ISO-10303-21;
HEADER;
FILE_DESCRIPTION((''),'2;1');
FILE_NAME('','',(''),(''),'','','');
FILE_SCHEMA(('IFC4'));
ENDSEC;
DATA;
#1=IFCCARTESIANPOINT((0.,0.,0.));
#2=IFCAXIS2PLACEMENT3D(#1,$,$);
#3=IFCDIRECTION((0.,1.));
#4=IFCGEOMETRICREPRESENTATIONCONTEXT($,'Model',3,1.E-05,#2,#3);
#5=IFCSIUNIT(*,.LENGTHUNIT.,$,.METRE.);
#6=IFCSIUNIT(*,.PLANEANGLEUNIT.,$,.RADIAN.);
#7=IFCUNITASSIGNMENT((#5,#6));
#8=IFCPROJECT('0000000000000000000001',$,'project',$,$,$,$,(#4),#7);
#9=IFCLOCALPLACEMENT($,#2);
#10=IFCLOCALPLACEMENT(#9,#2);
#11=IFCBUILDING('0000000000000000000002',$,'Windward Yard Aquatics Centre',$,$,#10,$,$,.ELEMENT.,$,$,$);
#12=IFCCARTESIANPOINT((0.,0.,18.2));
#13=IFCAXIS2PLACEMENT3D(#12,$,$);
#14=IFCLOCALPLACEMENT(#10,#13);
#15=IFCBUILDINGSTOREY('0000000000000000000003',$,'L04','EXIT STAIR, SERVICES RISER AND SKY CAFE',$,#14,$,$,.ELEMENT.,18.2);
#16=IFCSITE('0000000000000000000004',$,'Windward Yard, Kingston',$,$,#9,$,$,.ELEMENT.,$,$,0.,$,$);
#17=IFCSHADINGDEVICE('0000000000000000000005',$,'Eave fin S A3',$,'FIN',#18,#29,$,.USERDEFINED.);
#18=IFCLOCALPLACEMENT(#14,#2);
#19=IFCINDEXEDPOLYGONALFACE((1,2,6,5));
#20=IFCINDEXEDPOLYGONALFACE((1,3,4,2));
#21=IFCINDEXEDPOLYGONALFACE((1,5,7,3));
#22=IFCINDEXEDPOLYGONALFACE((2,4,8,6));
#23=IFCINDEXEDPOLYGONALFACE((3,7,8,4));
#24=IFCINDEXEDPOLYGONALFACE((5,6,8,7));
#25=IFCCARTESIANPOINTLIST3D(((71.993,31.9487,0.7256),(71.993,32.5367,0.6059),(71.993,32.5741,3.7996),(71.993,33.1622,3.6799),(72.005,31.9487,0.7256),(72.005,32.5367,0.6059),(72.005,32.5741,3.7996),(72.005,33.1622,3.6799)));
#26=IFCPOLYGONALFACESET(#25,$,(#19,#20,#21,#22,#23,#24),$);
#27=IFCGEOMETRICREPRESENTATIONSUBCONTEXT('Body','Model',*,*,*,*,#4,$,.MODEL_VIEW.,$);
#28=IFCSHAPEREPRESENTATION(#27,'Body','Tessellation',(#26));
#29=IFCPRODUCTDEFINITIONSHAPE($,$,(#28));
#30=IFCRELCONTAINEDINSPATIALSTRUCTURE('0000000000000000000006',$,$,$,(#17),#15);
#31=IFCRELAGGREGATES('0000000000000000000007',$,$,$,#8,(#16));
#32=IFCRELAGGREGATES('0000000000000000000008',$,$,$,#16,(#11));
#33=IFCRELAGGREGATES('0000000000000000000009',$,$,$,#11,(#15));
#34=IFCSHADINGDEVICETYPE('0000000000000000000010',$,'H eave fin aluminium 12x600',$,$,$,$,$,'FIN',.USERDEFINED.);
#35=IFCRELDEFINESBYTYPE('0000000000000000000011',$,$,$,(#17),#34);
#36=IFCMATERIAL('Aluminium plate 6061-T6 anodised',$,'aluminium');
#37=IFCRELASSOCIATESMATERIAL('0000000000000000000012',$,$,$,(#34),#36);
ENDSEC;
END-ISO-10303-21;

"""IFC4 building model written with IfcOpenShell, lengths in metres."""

from ifc_helpers import new_model, si_unit, direction, frame, origin, origin_2d, place, context, subcontext, project, spatial, rectangle, extrude, material, material_profile, profile_set, type_object, element, save


model = new_model("IFC4")

# Units and contexts
model_context = context("Model", 3, precision=1e-05, world=origin(), true_north=direction((0.0, 1.0)))
body_context = subcontext(model_context, "Body", "Model", "MODEL_VIEW")
ifc_project = project(units=[si_unit("LENGTHUNIT", "METRE"), si_unit("PLANEANGLEUNIT", "RADIAN")], contexts=[model_context])

# Site, building, storey
site_placement = place(None, origin())
site = spatial("IfcSite", under=ifc_project, at=site_placement, Name="Windward Yard, Kingston", CompositionType="ELEMENT", RefElevation=0.0)
building_placement = place(site_placement, origin())
building = spatial("IfcBuilding", under=site, at=building_placement, Name="Windward Yard Aquatics Centre", CompositionType="ELEMENT")
storey_placement = place(building_placement, frame((0.0, 0.0, 18.2)))
storey = spatial("IfcBuildingStorey", under=building, at=storey_placement, Name="L04", Description="EXIT STAIR, SERVICES RISER AND SKY CAFE", CompositionType="ELEMENT", Elevation=18.2)

# Shading device
ifc_material_1 = material(Name="Aluminium plate 6061-T6 anodised", Category="aluminium")
ifc_material_profile_1 = material_profile(ifc_material_1, rectangle(XDim=0.012, YDim=0.6001, at=origin_2d()), Name="H eave fin aluminium 12x600")
ifc_profile_set_1 = profile_set([ifc_material_profile_1], Name="Aluminium plate 6061-T6 anodised")
shading_device_type = type_object("IfcShadingDeviceType", Name="H eave fin aluminium 12x600", ElementType="FIN", PredefinedType="USERDEFINED", material=ifc_profile_set_1)
for number, where, z_axis, x_axis, name in (
    (1, (71.999, 32.2427, 0.6658), (0.0, 0.199393, 0.97992), (-1.0, 0.0, 0.0), "Eave fin S A3"),
):
    element("IfcShadingDevice", number, at=place(storey_placement, frame(where, z_axis=z_axis, x_axis=x_axis)), inside=storey, type_object=shading_device_type, Name=name, ObjectType="FIN", PredefinedType="USERDEFINED", context=body_context, shape_type="SweptSolid", body=[
        extrude(rectangle(XDim=0.012, YDim=0.6001, at=origin_2d()), origin(), (0.0, 0.0, 1.0), 3.137),
    ])

save(model, "model.ifc")
